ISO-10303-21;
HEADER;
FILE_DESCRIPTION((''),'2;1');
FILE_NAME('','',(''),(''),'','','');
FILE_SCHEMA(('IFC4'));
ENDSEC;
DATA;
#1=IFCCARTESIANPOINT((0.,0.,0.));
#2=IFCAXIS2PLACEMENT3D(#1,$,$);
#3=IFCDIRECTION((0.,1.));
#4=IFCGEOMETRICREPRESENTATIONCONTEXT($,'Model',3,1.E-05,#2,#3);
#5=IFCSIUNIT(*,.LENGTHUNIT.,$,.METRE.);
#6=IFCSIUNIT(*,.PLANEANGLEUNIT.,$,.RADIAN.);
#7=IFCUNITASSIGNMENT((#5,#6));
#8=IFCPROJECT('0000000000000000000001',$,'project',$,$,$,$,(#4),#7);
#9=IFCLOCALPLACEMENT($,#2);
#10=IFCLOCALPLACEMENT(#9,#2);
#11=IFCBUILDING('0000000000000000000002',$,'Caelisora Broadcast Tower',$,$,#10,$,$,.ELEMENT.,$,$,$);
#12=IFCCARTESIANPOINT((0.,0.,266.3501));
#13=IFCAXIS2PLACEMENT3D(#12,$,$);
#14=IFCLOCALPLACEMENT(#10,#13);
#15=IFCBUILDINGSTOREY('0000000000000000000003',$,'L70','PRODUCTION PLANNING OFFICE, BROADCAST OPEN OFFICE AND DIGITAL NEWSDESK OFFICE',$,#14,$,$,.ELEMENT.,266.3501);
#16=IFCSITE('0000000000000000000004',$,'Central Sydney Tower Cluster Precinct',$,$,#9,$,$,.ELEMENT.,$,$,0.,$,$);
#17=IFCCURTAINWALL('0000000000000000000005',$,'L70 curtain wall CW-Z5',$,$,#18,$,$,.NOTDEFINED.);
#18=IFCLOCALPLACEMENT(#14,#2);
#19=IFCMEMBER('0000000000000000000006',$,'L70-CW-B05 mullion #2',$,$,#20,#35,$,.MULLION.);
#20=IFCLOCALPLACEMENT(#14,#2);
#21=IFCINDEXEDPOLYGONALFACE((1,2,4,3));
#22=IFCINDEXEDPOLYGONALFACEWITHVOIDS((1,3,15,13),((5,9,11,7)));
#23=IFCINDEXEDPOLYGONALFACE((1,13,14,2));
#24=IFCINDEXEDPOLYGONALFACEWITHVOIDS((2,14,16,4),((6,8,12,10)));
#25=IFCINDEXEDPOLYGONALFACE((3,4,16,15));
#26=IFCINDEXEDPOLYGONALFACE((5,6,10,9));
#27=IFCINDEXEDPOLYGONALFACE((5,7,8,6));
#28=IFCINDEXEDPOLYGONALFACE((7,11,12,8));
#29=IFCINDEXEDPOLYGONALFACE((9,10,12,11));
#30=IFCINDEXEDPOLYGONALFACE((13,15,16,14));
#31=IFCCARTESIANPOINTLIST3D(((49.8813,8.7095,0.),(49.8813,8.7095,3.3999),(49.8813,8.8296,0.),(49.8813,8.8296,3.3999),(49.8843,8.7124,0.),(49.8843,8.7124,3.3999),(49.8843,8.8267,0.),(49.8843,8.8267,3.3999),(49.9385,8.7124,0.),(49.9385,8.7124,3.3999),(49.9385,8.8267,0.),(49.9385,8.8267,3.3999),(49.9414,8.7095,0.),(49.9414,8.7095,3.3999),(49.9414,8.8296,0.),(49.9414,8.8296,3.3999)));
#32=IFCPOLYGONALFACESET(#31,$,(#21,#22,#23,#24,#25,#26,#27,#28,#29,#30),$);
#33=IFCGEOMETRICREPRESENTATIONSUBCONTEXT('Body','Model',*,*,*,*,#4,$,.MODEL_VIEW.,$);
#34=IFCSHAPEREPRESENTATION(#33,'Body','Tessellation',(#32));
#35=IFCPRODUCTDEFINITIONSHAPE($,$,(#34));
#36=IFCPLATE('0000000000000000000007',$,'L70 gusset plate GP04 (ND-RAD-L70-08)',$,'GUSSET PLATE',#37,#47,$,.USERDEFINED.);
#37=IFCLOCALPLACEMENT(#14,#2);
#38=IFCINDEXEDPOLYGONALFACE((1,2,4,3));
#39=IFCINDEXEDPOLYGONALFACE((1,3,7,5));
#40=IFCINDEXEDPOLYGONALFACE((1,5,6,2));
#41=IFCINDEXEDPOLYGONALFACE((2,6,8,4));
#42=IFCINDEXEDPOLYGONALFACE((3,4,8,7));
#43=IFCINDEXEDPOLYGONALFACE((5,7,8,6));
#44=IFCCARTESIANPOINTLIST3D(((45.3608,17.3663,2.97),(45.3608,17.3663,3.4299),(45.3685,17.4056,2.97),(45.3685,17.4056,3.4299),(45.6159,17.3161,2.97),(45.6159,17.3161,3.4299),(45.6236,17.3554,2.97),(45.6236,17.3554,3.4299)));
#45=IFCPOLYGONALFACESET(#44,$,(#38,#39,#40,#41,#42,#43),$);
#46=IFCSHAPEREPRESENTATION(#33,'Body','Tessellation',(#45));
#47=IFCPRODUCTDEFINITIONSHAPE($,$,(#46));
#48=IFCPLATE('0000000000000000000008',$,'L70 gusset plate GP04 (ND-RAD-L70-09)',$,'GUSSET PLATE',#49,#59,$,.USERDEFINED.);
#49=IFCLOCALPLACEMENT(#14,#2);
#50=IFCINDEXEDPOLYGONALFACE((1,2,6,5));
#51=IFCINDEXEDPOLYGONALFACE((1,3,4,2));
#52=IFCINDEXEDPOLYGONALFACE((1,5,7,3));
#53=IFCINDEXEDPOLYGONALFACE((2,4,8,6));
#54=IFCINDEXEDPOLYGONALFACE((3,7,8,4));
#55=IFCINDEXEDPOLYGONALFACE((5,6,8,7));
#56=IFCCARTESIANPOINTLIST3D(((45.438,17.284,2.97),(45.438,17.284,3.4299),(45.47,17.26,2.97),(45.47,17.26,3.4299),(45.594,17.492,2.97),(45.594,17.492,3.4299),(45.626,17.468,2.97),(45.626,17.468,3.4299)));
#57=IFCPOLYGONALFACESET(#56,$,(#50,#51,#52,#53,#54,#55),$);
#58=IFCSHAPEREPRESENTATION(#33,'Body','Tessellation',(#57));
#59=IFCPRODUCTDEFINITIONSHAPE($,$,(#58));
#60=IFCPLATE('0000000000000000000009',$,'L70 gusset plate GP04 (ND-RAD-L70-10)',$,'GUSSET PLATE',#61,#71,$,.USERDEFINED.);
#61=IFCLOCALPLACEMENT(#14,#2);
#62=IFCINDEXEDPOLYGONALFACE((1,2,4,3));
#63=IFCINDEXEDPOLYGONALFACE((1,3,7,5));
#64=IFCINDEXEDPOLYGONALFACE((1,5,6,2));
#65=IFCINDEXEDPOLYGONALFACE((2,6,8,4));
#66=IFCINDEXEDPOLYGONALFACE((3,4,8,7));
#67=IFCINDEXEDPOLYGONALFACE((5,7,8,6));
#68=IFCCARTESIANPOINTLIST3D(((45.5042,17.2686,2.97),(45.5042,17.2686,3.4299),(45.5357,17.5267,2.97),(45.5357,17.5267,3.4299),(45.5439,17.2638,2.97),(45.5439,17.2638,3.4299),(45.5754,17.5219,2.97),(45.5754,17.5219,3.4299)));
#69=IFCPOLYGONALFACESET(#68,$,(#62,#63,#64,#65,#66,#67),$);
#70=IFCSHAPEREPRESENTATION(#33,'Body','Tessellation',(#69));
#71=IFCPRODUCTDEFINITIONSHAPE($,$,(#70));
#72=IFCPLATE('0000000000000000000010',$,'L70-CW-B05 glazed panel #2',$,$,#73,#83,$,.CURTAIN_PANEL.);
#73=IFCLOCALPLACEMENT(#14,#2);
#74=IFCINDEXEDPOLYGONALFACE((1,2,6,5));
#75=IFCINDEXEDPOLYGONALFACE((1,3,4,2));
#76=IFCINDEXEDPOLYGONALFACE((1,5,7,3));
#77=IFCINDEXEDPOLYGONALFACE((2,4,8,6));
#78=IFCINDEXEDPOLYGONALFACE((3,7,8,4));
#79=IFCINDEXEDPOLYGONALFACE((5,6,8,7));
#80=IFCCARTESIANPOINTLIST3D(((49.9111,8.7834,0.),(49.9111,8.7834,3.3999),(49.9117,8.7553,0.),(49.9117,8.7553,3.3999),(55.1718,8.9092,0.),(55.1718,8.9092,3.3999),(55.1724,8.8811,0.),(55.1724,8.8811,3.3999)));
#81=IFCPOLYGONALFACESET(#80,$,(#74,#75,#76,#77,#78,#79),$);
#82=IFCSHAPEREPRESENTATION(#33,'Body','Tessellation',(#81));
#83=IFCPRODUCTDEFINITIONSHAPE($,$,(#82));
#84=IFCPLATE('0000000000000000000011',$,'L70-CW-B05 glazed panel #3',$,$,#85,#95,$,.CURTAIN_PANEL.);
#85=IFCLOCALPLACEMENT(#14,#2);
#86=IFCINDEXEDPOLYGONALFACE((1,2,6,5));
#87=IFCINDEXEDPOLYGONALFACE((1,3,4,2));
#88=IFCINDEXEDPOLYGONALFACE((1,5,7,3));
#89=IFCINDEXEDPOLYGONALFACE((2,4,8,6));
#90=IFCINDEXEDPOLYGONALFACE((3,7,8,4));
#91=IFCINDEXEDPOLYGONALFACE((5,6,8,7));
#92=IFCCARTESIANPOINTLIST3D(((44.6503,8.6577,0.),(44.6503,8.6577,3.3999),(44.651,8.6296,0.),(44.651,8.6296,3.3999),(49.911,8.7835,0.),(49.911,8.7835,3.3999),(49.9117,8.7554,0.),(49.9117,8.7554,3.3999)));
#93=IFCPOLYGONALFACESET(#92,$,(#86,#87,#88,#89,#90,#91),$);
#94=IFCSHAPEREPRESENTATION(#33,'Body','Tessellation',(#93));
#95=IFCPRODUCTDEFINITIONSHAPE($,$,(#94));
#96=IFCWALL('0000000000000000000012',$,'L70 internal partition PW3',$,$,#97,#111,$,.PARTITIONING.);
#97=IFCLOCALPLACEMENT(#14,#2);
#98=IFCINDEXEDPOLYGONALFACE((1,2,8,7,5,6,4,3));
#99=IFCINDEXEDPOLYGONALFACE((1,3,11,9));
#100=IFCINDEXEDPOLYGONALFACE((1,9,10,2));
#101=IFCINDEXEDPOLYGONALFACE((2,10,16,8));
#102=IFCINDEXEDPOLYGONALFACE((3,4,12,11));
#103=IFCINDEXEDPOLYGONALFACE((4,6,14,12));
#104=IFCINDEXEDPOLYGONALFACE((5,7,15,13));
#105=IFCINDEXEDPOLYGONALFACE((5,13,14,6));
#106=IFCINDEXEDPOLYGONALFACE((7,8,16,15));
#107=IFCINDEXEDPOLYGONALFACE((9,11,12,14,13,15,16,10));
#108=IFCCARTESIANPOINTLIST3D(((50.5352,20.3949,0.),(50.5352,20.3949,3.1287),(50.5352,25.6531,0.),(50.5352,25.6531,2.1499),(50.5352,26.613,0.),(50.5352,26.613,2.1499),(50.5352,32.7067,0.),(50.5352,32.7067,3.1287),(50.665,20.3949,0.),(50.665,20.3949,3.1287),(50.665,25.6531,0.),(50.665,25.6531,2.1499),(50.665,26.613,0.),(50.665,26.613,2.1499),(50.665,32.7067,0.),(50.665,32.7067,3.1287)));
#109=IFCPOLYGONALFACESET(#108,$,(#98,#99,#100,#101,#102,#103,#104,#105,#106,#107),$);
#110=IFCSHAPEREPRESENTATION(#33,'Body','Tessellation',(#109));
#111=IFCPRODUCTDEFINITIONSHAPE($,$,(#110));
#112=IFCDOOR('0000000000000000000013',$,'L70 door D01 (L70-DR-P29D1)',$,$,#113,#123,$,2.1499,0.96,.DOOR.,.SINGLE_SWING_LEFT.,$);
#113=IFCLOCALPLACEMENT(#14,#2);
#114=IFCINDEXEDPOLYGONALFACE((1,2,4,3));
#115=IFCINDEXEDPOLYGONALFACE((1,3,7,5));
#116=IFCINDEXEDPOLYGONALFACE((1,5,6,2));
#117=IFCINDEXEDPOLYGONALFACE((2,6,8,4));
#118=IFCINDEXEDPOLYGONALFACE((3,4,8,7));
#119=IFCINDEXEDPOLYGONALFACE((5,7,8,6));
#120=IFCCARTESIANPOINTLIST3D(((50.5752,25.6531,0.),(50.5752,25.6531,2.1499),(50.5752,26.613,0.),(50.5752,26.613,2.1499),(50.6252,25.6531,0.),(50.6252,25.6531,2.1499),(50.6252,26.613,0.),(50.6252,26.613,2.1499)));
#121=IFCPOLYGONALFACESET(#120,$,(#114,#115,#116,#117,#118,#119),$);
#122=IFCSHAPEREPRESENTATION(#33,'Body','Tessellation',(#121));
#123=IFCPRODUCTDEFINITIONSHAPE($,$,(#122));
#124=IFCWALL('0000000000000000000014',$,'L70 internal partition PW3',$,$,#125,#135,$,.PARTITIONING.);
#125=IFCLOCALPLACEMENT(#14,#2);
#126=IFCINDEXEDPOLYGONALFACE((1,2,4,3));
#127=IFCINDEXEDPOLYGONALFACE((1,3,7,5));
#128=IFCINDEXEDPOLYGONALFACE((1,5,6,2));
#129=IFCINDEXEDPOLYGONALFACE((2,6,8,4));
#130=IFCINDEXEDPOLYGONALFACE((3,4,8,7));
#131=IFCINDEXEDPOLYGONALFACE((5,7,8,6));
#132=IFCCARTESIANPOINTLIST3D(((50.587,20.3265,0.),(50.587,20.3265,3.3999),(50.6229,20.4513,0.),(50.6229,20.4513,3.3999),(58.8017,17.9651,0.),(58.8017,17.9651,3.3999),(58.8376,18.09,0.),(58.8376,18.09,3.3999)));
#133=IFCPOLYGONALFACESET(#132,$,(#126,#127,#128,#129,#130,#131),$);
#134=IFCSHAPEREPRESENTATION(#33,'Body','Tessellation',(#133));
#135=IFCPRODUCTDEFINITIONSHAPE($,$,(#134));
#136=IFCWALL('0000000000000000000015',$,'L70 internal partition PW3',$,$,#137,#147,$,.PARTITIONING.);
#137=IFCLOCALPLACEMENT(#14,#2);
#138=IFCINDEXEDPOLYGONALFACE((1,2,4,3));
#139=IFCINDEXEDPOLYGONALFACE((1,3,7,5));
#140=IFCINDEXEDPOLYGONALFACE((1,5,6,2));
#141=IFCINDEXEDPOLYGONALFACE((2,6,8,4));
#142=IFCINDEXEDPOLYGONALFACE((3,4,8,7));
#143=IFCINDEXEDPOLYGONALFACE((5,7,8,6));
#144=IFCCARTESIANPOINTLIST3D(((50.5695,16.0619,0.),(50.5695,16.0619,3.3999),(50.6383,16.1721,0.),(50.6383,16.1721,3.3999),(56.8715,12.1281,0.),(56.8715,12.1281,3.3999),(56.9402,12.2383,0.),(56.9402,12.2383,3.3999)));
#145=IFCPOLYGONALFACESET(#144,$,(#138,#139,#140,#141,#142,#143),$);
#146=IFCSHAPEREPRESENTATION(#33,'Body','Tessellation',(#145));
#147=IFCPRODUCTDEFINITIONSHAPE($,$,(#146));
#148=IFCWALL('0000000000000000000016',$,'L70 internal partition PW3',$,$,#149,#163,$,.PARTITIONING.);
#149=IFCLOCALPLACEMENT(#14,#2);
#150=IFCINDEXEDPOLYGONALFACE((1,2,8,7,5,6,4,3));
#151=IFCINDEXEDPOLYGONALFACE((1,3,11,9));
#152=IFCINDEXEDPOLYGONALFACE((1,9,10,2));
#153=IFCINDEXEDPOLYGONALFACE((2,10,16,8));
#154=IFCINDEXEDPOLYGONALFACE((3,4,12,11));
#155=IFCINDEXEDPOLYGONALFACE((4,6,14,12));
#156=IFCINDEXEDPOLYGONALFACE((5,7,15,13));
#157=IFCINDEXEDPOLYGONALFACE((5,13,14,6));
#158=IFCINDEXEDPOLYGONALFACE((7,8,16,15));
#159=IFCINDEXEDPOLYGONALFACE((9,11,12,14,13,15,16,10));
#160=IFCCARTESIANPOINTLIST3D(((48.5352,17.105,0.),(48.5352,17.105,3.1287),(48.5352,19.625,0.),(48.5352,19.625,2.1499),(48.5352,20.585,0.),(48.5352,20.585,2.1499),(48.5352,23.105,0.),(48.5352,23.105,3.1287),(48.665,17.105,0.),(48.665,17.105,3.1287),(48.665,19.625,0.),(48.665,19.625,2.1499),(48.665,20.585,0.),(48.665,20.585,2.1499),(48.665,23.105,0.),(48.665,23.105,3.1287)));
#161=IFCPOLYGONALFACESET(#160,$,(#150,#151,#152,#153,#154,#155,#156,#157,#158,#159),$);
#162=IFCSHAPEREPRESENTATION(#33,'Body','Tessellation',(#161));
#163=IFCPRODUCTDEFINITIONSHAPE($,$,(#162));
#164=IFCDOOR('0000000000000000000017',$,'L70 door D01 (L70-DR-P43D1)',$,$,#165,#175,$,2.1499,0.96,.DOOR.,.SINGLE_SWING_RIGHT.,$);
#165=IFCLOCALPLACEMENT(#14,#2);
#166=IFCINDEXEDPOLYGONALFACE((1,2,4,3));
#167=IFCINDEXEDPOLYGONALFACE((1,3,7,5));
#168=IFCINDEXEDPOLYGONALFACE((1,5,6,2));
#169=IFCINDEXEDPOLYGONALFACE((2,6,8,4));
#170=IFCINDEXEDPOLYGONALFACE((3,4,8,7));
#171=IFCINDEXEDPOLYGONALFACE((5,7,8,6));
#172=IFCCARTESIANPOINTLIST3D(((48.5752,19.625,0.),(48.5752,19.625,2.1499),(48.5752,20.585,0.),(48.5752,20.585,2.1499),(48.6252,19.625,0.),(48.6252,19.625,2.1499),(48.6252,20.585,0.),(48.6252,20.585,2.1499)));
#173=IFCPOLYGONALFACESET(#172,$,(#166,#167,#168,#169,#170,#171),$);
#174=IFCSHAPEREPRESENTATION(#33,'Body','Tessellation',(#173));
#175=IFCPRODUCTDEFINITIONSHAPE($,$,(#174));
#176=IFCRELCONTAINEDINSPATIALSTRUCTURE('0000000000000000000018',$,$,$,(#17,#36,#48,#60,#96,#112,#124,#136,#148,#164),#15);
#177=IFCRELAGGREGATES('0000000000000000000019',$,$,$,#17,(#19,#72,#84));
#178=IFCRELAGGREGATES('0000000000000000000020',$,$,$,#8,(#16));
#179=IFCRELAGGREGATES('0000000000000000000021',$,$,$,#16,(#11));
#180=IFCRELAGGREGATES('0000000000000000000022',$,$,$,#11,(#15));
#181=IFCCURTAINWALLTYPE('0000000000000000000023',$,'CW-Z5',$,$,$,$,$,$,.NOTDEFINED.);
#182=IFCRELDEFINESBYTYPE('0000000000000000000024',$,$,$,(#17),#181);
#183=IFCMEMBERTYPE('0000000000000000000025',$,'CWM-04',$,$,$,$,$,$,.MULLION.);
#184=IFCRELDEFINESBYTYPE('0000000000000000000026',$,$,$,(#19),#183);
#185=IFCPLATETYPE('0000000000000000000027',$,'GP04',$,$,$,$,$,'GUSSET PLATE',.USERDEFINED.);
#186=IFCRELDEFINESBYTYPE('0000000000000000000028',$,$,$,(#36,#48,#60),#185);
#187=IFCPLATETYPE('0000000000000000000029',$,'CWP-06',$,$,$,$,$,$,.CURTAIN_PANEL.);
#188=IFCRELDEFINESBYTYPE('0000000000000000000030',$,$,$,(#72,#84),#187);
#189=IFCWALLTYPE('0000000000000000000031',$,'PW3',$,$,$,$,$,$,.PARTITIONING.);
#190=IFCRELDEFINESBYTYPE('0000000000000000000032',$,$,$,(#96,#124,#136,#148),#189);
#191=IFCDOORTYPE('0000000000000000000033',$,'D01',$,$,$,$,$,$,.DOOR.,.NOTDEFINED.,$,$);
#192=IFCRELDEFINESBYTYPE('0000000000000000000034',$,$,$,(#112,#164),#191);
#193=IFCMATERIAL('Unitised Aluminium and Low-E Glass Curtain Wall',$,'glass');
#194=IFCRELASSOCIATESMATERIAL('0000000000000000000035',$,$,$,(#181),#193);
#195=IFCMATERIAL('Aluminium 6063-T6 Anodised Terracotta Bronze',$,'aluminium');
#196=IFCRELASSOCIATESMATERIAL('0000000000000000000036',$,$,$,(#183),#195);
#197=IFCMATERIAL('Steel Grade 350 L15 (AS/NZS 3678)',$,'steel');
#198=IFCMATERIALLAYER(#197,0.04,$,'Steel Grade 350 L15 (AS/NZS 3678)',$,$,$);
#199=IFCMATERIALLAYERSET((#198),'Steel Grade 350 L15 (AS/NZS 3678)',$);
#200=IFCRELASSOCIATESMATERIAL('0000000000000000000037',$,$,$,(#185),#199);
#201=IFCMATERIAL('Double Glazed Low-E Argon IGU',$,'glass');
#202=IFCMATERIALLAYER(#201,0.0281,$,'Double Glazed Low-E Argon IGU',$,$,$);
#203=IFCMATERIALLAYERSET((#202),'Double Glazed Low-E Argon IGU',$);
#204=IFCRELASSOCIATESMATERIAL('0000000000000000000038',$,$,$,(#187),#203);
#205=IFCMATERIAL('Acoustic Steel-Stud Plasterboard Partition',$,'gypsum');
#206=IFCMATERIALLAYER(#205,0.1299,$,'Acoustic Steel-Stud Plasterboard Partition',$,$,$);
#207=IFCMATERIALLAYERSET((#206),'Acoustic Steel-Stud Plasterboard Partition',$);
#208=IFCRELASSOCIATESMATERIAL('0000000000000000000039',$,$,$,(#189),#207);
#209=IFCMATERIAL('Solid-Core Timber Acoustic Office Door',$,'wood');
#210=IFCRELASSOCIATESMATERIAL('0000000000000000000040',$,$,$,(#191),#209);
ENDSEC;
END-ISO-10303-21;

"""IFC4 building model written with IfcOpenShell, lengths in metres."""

from ifc_helpers import new_model, si_unit, direction, frame, frame_2d, origin, origin_2d, place, context, subcontext, project, spatial, rectangle, hollow_rectangle, extrude, source, transform, mapped, material, layer, layer_set, material_profile, profile_set, type_object, type_shapes, element, fill, aggregate, save


model = new_model("IFC4")

# Units and contexts
model_context = context("Model", 3, precision=1e-05, world=origin(), true_north=direction((0.0, 1.0)))
body_context = subcontext(model_context, "Body", "Model", "MODEL_VIEW")
ifc_project = project(units=[si_unit("LENGTHUNIT", "METRE"), si_unit("PLANEANGLEUNIT", "RADIAN")], contexts=[model_context])

# Site, building, storey
site_placement = place(None, origin())
site = spatial("IfcSite", under=ifc_project, at=site_placement, Name="Central Sydney Tower Cluster Precinct", CompositionType="ELEMENT", RefElevation=0.0)
building_placement = place(site_placement, origin())
building = spatial("IfcBuilding", under=site, at=building_placement, Name="Caelisora Broadcast Tower", CompositionType="ELEMENT")
storey_placement = place(building_placement, frame((0.0, 0.0, 266.3501)))
storey = spatial("IfcBuildingStorey", under=building, at=storey_placement, Name="L70", Description="PRODUCTION PLANNING OFFICE, BROADCAST OPEN OFFICE AND DIGITAL NEWSDESK OFFICE", CompositionType="ELEMENT", Elevation=266.3501)

# Curtain wall, member
ifc_material_1 = material(Name="Unitised Aluminium and Low-E Glass Curtain Wall", Category="glass")
curtain_wall_type = type_object("IfcCurtainWallType", Name="CW-Z5", PredefinedType="NOTDEFINED", material=ifc_material_1)
curtain_wall_placement = place(storey_placement, origin())
curtain_wall = element("IfcCurtainWall", 1, at=curtain_wall_placement, inside=storey, type_object=curtain_wall_type, Name="L70 curtain wall CW-Z5", PredefinedType="NOTDEFINED")
ifc_material_2 = material(Name="Aluminium 6063-T6 Anodised Terracotta Bronze", Category="aluminium")
ifc_material_profile_1 = material_profile(ifc_material_2, hollow_rectangle(XDim=0.0601, YDim=0.1201, WallThickness=0.0029, at=origin_2d()), Name="Aluminium 6063-T6 Anodised Terracotta Bronze")
ifc_profile_set_1 = profile_set([ifc_material_profile_1], Name="Aluminium 6063-T6 Anodised Terracotta Bronze")
member_type = type_object("IfcMemberType", Name="CWM-04", PredefinedType="MULLION", material=ifc_profile_set_1)
shared_shape_1 = source(origin(), body_context, "Body", "SweptSolid", [
    extrude(hollow_rectangle(XDim=0.0601, YDim=0.1201, WallThickness=0.0029, at=origin_2d()), origin(), (0.0, 0.0, 1.0), 3.3999),
])
type_shapes(member_type, [shared_shape_1])
member_placement = place(storey_placement, frame((49.9114, 8.7695, 0.0), z_axis=(0.0, 0.0, 1.0), x_axis=(1.0, 0.0, 0.0)))
member = element("IfcMember", 2, at=member_placement, type_object=member_type, Name="L70-CW-B05 mullion #2", PredefinedType="MULLION", context=body_context, shape_type="MappedRepresentation", body=[
    mapped(shared_shape_1, transform((0.0, 0.0, 0.0), scale=1.0)),
])

# Plates
ifc_material_3 = material(Name="Steel Grade 350 L15 (AS/NZS 3678)", Category="steel")
ifc_layer_1 = layer(ifc_material_3, 0.04, Name="Steel Grade 350 L15 (AS/NZS 3678)")
ifc_layer_set_1 = layer_set([ifc_layer_1], Name="Steel Grade 350 L15 (AS/NZS 3678)")
plate_type_1 = type_object("IfcPlateType", Name="GP04", ElementType="GUSSET PLATE", PredefinedType="USERDEFINED", material=ifc_layer_set_1)
shared_shape_2 = source(origin(), body_context, "Body", "SweptSolid", [
    extrude(rectangle(XDim=0.26, YDim=0.04, at=origin_2d()), origin(), (0.0, 0.0, 1.0), 0.46),
])
type_shapes(plate_type_1, [shared_shape_2])
for number, where, z_axis, x_axis, name in (
    (3, (45.4922, 17.3608, 2.97), (0.0, 0.0, 1.0), (0.981192, -0.193036, 0.0), "L70 gusset plate GP04 (ND-RAD-L70-08)"),
    (4, (45.532, 17.376, 2.97), (0.0, 0.0, 1.0), (0.600001, 0.799999, 0.0), "L70 gusset plate GP04 (ND-RAD-L70-09)"),
    (5, (45.5398, 17.3953, 2.97), (0.0, 0.0, 1.0), (0.121176, 0.992631, 0.0), "L70 gusset plate GP04 (ND-RAD-L70-10)"),
):
    element("IfcPlate", number, at=place(storey_placement, frame(where, z_axis=z_axis, x_axis=x_axis)), inside=storey, type_object=plate_type_1, Name=name, ObjectType="GUSSET PLATE", PredefinedType="USERDEFINED", context=body_context, shape_type="MappedRepresentation", body=[
        mapped(shared_shape_2, transform((0.0, 0.0, 0.0), scale=1.0)),
    ])

# Plates
ifc_material_4 = material(Name="Double Glazed Low-E Argon IGU", Category="glass")
ifc_layer_2 = layer(ifc_material_4, 0.0281, Name="Double Glazed Low-E Argon IGU")
ifc_layer_set_2 = layer_set([ifc_layer_2], Name="Double Glazed Low-E Argon IGU")
plate_type_2 = type_object("IfcPlateType", Name="CWP-06", PredefinedType="CURTAIN_PANEL", material=ifc_layer_set_2)
shared_shape_3 = source(origin(), body_context, "Body", "SweptSolid", [
    extrude(rectangle(XDim=5.2622, YDim=0.0281, at=origin_2d()), origin(), (0.0, 0.0, 1.0), 3.3999),
])
type_shapes(plate_type_2, [shared_shape_3])
plate_1_placement = place(storey_placement, frame((52.5417, 8.8323, 0.0), z_axis=(0.0, 0.0, 1.0), x_axis=(-0.999714, -0.023909, 0.0)))
plate_1 = element("IfcPlate", 6, at=plate_1_placement, type_object=plate_type_2, Name="L70-CW-B05 glazed panel #2", PredefinedType="CURTAIN_PANEL", context=body_context, shape_type="MappedRepresentation", body=[
    mapped(shared_shape_3, transform((0.0, 0.0, 0.0), scale=1.0)),
])
plate_2_placement = place(storey_placement, frame((47.281, 8.7065, 0.0), z_axis=(0.0, 0.0, 1.0), x_axis=(-0.999714, -0.023909, 0.0)))
plate_2 = element("IfcPlate", 7, at=plate_2_placement, type_object=plate_type_2, Name="L70-CW-B05 glazed panel #3", PredefinedType="CURTAIN_PANEL", context=body_context, shape_type="MappedRepresentation", body=[
    mapped(shared_shape_3, transform((0.0, 0.0, 0.0), scale=1.0)),
])
aggregate(curtain_wall, [member, plate_1, plate_2])

# Wall, opening, door
ifc_material_5 = material(Name="Acoustic Steel-Stud Plasterboard Partition", Category="gypsum")
ifc_layer_3 = layer(ifc_material_5, 0.1299, Name="Acoustic Steel-Stud Plasterboard Partition")
ifc_layer_set_3 = layer_set([ifc_layer_3], Name="Acoustic Steel-Stud Plasterboard Partition")
wall_type = type_object("IfcWallType", Name="PW3", PredefinedType="PARTITIONING", material=ifc_layer_set_3)
wall_1_placement = place(storey_placement, frame((50.6001, 20.395, 0.0), z_axis=(0.0, 0.0, 1.0), x_axis=(0.0, 1.0, 0.0)))
wall_1 = element("IfcWall", 8, at=wall_1_placement, inside=storey, type_object=wall_type, Name="L70 internal partition PW3", PredefinedType="PARTITIONING", context=body_context, shape_type="SweptSolid", body=[
    extrude(rectangle(XDim=12.3118, YDim=0.1299, at=frame_2d((6.1558, 0.0))), origin(), (0.0, 0.0, 1.0), 3.1287),
])
opening_1_placement = place(wall_1_placement, frame((5.2581, 0.0, 0.0)))
opening_1 = element("IfcOpeningElement", 9, at=opening_1_placement, cuts=wall_1, PredefinedType="OPENING", context=body_context, shape_type="SweptSolid", body=[
    extrude(rectangle(XDim=0.96, YDim=2.1499, at=frame_2d((0.48, 1.075))), frame((0.0, 0.0769, 0.0), z_axis=(0.0, -1.0, 0.0), x_axis=(1.0, 0.0, 0.0)), (0.0, 0.0, 1.0), 0.1538),
])
ifc_material_6 = material(Name="Solid-Core Timber Acoustic Office Door", Category="wood")
door_type = type_object("IfcDoorType", Name="D01", OperationType="NOTDEFINED", PredefinedType="DOOR", material=ifc_material_6)
door_1_placement = place(opening_1_placement, origin())
door_1 = element("IfcDoor", 10, at=door_1_placement, inside=storey, type_object=door_type, Name="L70 door D01 (L70-DR-P29D1)", OperationType="SINGLE_SWING_LEFT", OverallHeight=2.1499, OverallWidth=0.96, PredefinedType="DOOR", context=body_context, shape_type="SweptSolid", body=[
    extrude(rectangle(XDim=0.96, YDim=2.1499, at=frame_2d((0.48, 1.075))), frame((0.0, 0.0249, 0.0), z_axis=(0.0, -1.0, 0.0), x_axis=(1.0, 0.0, 0.0)), (0.0, 0.0, 1.0), 0.05),
])
fill(opening_1, door_1)

# Walls
wall_2_placement = place(storey_placement, frame((50.605, 20.3889, 0.0), z_axis=(0.0, 0.0, 1.0), x_axis=(0.961081, -0.276268, 0.0)))
element("IfcWall", 11, at=wall_2_placement, inside=storey, type_object=wall_type, Name="L70 internal partition PW3", PredefinedType="PARTITIONING", context=body_context, shape_type="SweptSolid", body=[
    extrude(rectangle(XDim=8.5474, YDim=0.1299, at=frame_2d((4.2737, 0.0))), origin(), (0.0, 0.0, 1.0), 3.3999),
])
wall_3_placement = place(storey_placement, frame((50.604, 16.1169, 0.0), z_axis=(0.0, 0.0, 1.0), x_axis=(0.848295, -0.529523, 0.0)))
element("IfcWall", 12, at=wall_3_placement, inside=storey, type_object=wall_type, Name="L70 internal partition PW3", PredefinedType="PARTITIONING", context=body_context, shape_type="SweptSolid", body=[
    extrude(rectangle(XDim=7.429, YDim=0.1299, at=frame_2d((3.7144, 0.0))), origin(), (0.0, 0.0, 1.0), 3.3999),
])

# Wall, opening, door
wall_4_placement = place(storey_placement, frame((48.6001, 17.105, 0.0), z_axis=(0.0, 0.0, 1.0), x_axis=(0.0, 1.0, 0.0)))
wall_4 = element("IfcWall", 13, at=wall_4_placement, inside=storey, type_object=wall_type, Name="L70 internal partition PW3", PredefinedType="PARTITIONING", context=body_context, shape_type="SweptSolid", body=[
    extrude(rectangle(XDim=6.0, YDim=0.1299, at=frame_2d((3.0, 0.0))), origin(), (0.0, 0.0, 1.0), 3.1287),
])
opening_2_placement = place(wall_4_placement, frame((2.52, 0.0, 0.0)))
opening_2 = element("IfcOpeningElement", 14, at=opening_2_placement, cuts=wall_4, PredefinedType="OPENING", context=body_context, shape_type="SweptSolid", body=[
    extrude(rectangle(XDim=0.96, YDim=2.1499, at=frame_2d((0.48, 1.075))), frame((0.0, 0.0769, 0.0), z_axis=(0.0, -1.0, 0.0), x_axis=(1.0, 0.0, 0.0)), (0.0, 0.0, 1.0), 0.1538),
])
door_2_placement = place(opening_2_placement, origin())
door_2 = element("IfcDoor", 15, at=door_2_placement, inside=storey, type_object=door_type, Name="L70 door D01 (L70-DR-P43D1)", OperationType="SINGLE_SWING_RIGHT", OverallHeight=2.1499, OverallWidth=0.96, PredefinedType="DOOR", context=body_context, shape_type="SweptSolid", body=[
    extrude(rectangle(XDim=0.96, YDim=2.1499, at=frame_2d((0.48, 1.075))), frame((0.0, 0.0249, 0.0), z_axis=(0.0, -1.0, 0.0), x_axis=(1.0, 0.0, 0.0)), (0.0, 0.0, 1.0), 0.05),
])
fill(opening_2, door_2)

save(model, "model.ifc")
